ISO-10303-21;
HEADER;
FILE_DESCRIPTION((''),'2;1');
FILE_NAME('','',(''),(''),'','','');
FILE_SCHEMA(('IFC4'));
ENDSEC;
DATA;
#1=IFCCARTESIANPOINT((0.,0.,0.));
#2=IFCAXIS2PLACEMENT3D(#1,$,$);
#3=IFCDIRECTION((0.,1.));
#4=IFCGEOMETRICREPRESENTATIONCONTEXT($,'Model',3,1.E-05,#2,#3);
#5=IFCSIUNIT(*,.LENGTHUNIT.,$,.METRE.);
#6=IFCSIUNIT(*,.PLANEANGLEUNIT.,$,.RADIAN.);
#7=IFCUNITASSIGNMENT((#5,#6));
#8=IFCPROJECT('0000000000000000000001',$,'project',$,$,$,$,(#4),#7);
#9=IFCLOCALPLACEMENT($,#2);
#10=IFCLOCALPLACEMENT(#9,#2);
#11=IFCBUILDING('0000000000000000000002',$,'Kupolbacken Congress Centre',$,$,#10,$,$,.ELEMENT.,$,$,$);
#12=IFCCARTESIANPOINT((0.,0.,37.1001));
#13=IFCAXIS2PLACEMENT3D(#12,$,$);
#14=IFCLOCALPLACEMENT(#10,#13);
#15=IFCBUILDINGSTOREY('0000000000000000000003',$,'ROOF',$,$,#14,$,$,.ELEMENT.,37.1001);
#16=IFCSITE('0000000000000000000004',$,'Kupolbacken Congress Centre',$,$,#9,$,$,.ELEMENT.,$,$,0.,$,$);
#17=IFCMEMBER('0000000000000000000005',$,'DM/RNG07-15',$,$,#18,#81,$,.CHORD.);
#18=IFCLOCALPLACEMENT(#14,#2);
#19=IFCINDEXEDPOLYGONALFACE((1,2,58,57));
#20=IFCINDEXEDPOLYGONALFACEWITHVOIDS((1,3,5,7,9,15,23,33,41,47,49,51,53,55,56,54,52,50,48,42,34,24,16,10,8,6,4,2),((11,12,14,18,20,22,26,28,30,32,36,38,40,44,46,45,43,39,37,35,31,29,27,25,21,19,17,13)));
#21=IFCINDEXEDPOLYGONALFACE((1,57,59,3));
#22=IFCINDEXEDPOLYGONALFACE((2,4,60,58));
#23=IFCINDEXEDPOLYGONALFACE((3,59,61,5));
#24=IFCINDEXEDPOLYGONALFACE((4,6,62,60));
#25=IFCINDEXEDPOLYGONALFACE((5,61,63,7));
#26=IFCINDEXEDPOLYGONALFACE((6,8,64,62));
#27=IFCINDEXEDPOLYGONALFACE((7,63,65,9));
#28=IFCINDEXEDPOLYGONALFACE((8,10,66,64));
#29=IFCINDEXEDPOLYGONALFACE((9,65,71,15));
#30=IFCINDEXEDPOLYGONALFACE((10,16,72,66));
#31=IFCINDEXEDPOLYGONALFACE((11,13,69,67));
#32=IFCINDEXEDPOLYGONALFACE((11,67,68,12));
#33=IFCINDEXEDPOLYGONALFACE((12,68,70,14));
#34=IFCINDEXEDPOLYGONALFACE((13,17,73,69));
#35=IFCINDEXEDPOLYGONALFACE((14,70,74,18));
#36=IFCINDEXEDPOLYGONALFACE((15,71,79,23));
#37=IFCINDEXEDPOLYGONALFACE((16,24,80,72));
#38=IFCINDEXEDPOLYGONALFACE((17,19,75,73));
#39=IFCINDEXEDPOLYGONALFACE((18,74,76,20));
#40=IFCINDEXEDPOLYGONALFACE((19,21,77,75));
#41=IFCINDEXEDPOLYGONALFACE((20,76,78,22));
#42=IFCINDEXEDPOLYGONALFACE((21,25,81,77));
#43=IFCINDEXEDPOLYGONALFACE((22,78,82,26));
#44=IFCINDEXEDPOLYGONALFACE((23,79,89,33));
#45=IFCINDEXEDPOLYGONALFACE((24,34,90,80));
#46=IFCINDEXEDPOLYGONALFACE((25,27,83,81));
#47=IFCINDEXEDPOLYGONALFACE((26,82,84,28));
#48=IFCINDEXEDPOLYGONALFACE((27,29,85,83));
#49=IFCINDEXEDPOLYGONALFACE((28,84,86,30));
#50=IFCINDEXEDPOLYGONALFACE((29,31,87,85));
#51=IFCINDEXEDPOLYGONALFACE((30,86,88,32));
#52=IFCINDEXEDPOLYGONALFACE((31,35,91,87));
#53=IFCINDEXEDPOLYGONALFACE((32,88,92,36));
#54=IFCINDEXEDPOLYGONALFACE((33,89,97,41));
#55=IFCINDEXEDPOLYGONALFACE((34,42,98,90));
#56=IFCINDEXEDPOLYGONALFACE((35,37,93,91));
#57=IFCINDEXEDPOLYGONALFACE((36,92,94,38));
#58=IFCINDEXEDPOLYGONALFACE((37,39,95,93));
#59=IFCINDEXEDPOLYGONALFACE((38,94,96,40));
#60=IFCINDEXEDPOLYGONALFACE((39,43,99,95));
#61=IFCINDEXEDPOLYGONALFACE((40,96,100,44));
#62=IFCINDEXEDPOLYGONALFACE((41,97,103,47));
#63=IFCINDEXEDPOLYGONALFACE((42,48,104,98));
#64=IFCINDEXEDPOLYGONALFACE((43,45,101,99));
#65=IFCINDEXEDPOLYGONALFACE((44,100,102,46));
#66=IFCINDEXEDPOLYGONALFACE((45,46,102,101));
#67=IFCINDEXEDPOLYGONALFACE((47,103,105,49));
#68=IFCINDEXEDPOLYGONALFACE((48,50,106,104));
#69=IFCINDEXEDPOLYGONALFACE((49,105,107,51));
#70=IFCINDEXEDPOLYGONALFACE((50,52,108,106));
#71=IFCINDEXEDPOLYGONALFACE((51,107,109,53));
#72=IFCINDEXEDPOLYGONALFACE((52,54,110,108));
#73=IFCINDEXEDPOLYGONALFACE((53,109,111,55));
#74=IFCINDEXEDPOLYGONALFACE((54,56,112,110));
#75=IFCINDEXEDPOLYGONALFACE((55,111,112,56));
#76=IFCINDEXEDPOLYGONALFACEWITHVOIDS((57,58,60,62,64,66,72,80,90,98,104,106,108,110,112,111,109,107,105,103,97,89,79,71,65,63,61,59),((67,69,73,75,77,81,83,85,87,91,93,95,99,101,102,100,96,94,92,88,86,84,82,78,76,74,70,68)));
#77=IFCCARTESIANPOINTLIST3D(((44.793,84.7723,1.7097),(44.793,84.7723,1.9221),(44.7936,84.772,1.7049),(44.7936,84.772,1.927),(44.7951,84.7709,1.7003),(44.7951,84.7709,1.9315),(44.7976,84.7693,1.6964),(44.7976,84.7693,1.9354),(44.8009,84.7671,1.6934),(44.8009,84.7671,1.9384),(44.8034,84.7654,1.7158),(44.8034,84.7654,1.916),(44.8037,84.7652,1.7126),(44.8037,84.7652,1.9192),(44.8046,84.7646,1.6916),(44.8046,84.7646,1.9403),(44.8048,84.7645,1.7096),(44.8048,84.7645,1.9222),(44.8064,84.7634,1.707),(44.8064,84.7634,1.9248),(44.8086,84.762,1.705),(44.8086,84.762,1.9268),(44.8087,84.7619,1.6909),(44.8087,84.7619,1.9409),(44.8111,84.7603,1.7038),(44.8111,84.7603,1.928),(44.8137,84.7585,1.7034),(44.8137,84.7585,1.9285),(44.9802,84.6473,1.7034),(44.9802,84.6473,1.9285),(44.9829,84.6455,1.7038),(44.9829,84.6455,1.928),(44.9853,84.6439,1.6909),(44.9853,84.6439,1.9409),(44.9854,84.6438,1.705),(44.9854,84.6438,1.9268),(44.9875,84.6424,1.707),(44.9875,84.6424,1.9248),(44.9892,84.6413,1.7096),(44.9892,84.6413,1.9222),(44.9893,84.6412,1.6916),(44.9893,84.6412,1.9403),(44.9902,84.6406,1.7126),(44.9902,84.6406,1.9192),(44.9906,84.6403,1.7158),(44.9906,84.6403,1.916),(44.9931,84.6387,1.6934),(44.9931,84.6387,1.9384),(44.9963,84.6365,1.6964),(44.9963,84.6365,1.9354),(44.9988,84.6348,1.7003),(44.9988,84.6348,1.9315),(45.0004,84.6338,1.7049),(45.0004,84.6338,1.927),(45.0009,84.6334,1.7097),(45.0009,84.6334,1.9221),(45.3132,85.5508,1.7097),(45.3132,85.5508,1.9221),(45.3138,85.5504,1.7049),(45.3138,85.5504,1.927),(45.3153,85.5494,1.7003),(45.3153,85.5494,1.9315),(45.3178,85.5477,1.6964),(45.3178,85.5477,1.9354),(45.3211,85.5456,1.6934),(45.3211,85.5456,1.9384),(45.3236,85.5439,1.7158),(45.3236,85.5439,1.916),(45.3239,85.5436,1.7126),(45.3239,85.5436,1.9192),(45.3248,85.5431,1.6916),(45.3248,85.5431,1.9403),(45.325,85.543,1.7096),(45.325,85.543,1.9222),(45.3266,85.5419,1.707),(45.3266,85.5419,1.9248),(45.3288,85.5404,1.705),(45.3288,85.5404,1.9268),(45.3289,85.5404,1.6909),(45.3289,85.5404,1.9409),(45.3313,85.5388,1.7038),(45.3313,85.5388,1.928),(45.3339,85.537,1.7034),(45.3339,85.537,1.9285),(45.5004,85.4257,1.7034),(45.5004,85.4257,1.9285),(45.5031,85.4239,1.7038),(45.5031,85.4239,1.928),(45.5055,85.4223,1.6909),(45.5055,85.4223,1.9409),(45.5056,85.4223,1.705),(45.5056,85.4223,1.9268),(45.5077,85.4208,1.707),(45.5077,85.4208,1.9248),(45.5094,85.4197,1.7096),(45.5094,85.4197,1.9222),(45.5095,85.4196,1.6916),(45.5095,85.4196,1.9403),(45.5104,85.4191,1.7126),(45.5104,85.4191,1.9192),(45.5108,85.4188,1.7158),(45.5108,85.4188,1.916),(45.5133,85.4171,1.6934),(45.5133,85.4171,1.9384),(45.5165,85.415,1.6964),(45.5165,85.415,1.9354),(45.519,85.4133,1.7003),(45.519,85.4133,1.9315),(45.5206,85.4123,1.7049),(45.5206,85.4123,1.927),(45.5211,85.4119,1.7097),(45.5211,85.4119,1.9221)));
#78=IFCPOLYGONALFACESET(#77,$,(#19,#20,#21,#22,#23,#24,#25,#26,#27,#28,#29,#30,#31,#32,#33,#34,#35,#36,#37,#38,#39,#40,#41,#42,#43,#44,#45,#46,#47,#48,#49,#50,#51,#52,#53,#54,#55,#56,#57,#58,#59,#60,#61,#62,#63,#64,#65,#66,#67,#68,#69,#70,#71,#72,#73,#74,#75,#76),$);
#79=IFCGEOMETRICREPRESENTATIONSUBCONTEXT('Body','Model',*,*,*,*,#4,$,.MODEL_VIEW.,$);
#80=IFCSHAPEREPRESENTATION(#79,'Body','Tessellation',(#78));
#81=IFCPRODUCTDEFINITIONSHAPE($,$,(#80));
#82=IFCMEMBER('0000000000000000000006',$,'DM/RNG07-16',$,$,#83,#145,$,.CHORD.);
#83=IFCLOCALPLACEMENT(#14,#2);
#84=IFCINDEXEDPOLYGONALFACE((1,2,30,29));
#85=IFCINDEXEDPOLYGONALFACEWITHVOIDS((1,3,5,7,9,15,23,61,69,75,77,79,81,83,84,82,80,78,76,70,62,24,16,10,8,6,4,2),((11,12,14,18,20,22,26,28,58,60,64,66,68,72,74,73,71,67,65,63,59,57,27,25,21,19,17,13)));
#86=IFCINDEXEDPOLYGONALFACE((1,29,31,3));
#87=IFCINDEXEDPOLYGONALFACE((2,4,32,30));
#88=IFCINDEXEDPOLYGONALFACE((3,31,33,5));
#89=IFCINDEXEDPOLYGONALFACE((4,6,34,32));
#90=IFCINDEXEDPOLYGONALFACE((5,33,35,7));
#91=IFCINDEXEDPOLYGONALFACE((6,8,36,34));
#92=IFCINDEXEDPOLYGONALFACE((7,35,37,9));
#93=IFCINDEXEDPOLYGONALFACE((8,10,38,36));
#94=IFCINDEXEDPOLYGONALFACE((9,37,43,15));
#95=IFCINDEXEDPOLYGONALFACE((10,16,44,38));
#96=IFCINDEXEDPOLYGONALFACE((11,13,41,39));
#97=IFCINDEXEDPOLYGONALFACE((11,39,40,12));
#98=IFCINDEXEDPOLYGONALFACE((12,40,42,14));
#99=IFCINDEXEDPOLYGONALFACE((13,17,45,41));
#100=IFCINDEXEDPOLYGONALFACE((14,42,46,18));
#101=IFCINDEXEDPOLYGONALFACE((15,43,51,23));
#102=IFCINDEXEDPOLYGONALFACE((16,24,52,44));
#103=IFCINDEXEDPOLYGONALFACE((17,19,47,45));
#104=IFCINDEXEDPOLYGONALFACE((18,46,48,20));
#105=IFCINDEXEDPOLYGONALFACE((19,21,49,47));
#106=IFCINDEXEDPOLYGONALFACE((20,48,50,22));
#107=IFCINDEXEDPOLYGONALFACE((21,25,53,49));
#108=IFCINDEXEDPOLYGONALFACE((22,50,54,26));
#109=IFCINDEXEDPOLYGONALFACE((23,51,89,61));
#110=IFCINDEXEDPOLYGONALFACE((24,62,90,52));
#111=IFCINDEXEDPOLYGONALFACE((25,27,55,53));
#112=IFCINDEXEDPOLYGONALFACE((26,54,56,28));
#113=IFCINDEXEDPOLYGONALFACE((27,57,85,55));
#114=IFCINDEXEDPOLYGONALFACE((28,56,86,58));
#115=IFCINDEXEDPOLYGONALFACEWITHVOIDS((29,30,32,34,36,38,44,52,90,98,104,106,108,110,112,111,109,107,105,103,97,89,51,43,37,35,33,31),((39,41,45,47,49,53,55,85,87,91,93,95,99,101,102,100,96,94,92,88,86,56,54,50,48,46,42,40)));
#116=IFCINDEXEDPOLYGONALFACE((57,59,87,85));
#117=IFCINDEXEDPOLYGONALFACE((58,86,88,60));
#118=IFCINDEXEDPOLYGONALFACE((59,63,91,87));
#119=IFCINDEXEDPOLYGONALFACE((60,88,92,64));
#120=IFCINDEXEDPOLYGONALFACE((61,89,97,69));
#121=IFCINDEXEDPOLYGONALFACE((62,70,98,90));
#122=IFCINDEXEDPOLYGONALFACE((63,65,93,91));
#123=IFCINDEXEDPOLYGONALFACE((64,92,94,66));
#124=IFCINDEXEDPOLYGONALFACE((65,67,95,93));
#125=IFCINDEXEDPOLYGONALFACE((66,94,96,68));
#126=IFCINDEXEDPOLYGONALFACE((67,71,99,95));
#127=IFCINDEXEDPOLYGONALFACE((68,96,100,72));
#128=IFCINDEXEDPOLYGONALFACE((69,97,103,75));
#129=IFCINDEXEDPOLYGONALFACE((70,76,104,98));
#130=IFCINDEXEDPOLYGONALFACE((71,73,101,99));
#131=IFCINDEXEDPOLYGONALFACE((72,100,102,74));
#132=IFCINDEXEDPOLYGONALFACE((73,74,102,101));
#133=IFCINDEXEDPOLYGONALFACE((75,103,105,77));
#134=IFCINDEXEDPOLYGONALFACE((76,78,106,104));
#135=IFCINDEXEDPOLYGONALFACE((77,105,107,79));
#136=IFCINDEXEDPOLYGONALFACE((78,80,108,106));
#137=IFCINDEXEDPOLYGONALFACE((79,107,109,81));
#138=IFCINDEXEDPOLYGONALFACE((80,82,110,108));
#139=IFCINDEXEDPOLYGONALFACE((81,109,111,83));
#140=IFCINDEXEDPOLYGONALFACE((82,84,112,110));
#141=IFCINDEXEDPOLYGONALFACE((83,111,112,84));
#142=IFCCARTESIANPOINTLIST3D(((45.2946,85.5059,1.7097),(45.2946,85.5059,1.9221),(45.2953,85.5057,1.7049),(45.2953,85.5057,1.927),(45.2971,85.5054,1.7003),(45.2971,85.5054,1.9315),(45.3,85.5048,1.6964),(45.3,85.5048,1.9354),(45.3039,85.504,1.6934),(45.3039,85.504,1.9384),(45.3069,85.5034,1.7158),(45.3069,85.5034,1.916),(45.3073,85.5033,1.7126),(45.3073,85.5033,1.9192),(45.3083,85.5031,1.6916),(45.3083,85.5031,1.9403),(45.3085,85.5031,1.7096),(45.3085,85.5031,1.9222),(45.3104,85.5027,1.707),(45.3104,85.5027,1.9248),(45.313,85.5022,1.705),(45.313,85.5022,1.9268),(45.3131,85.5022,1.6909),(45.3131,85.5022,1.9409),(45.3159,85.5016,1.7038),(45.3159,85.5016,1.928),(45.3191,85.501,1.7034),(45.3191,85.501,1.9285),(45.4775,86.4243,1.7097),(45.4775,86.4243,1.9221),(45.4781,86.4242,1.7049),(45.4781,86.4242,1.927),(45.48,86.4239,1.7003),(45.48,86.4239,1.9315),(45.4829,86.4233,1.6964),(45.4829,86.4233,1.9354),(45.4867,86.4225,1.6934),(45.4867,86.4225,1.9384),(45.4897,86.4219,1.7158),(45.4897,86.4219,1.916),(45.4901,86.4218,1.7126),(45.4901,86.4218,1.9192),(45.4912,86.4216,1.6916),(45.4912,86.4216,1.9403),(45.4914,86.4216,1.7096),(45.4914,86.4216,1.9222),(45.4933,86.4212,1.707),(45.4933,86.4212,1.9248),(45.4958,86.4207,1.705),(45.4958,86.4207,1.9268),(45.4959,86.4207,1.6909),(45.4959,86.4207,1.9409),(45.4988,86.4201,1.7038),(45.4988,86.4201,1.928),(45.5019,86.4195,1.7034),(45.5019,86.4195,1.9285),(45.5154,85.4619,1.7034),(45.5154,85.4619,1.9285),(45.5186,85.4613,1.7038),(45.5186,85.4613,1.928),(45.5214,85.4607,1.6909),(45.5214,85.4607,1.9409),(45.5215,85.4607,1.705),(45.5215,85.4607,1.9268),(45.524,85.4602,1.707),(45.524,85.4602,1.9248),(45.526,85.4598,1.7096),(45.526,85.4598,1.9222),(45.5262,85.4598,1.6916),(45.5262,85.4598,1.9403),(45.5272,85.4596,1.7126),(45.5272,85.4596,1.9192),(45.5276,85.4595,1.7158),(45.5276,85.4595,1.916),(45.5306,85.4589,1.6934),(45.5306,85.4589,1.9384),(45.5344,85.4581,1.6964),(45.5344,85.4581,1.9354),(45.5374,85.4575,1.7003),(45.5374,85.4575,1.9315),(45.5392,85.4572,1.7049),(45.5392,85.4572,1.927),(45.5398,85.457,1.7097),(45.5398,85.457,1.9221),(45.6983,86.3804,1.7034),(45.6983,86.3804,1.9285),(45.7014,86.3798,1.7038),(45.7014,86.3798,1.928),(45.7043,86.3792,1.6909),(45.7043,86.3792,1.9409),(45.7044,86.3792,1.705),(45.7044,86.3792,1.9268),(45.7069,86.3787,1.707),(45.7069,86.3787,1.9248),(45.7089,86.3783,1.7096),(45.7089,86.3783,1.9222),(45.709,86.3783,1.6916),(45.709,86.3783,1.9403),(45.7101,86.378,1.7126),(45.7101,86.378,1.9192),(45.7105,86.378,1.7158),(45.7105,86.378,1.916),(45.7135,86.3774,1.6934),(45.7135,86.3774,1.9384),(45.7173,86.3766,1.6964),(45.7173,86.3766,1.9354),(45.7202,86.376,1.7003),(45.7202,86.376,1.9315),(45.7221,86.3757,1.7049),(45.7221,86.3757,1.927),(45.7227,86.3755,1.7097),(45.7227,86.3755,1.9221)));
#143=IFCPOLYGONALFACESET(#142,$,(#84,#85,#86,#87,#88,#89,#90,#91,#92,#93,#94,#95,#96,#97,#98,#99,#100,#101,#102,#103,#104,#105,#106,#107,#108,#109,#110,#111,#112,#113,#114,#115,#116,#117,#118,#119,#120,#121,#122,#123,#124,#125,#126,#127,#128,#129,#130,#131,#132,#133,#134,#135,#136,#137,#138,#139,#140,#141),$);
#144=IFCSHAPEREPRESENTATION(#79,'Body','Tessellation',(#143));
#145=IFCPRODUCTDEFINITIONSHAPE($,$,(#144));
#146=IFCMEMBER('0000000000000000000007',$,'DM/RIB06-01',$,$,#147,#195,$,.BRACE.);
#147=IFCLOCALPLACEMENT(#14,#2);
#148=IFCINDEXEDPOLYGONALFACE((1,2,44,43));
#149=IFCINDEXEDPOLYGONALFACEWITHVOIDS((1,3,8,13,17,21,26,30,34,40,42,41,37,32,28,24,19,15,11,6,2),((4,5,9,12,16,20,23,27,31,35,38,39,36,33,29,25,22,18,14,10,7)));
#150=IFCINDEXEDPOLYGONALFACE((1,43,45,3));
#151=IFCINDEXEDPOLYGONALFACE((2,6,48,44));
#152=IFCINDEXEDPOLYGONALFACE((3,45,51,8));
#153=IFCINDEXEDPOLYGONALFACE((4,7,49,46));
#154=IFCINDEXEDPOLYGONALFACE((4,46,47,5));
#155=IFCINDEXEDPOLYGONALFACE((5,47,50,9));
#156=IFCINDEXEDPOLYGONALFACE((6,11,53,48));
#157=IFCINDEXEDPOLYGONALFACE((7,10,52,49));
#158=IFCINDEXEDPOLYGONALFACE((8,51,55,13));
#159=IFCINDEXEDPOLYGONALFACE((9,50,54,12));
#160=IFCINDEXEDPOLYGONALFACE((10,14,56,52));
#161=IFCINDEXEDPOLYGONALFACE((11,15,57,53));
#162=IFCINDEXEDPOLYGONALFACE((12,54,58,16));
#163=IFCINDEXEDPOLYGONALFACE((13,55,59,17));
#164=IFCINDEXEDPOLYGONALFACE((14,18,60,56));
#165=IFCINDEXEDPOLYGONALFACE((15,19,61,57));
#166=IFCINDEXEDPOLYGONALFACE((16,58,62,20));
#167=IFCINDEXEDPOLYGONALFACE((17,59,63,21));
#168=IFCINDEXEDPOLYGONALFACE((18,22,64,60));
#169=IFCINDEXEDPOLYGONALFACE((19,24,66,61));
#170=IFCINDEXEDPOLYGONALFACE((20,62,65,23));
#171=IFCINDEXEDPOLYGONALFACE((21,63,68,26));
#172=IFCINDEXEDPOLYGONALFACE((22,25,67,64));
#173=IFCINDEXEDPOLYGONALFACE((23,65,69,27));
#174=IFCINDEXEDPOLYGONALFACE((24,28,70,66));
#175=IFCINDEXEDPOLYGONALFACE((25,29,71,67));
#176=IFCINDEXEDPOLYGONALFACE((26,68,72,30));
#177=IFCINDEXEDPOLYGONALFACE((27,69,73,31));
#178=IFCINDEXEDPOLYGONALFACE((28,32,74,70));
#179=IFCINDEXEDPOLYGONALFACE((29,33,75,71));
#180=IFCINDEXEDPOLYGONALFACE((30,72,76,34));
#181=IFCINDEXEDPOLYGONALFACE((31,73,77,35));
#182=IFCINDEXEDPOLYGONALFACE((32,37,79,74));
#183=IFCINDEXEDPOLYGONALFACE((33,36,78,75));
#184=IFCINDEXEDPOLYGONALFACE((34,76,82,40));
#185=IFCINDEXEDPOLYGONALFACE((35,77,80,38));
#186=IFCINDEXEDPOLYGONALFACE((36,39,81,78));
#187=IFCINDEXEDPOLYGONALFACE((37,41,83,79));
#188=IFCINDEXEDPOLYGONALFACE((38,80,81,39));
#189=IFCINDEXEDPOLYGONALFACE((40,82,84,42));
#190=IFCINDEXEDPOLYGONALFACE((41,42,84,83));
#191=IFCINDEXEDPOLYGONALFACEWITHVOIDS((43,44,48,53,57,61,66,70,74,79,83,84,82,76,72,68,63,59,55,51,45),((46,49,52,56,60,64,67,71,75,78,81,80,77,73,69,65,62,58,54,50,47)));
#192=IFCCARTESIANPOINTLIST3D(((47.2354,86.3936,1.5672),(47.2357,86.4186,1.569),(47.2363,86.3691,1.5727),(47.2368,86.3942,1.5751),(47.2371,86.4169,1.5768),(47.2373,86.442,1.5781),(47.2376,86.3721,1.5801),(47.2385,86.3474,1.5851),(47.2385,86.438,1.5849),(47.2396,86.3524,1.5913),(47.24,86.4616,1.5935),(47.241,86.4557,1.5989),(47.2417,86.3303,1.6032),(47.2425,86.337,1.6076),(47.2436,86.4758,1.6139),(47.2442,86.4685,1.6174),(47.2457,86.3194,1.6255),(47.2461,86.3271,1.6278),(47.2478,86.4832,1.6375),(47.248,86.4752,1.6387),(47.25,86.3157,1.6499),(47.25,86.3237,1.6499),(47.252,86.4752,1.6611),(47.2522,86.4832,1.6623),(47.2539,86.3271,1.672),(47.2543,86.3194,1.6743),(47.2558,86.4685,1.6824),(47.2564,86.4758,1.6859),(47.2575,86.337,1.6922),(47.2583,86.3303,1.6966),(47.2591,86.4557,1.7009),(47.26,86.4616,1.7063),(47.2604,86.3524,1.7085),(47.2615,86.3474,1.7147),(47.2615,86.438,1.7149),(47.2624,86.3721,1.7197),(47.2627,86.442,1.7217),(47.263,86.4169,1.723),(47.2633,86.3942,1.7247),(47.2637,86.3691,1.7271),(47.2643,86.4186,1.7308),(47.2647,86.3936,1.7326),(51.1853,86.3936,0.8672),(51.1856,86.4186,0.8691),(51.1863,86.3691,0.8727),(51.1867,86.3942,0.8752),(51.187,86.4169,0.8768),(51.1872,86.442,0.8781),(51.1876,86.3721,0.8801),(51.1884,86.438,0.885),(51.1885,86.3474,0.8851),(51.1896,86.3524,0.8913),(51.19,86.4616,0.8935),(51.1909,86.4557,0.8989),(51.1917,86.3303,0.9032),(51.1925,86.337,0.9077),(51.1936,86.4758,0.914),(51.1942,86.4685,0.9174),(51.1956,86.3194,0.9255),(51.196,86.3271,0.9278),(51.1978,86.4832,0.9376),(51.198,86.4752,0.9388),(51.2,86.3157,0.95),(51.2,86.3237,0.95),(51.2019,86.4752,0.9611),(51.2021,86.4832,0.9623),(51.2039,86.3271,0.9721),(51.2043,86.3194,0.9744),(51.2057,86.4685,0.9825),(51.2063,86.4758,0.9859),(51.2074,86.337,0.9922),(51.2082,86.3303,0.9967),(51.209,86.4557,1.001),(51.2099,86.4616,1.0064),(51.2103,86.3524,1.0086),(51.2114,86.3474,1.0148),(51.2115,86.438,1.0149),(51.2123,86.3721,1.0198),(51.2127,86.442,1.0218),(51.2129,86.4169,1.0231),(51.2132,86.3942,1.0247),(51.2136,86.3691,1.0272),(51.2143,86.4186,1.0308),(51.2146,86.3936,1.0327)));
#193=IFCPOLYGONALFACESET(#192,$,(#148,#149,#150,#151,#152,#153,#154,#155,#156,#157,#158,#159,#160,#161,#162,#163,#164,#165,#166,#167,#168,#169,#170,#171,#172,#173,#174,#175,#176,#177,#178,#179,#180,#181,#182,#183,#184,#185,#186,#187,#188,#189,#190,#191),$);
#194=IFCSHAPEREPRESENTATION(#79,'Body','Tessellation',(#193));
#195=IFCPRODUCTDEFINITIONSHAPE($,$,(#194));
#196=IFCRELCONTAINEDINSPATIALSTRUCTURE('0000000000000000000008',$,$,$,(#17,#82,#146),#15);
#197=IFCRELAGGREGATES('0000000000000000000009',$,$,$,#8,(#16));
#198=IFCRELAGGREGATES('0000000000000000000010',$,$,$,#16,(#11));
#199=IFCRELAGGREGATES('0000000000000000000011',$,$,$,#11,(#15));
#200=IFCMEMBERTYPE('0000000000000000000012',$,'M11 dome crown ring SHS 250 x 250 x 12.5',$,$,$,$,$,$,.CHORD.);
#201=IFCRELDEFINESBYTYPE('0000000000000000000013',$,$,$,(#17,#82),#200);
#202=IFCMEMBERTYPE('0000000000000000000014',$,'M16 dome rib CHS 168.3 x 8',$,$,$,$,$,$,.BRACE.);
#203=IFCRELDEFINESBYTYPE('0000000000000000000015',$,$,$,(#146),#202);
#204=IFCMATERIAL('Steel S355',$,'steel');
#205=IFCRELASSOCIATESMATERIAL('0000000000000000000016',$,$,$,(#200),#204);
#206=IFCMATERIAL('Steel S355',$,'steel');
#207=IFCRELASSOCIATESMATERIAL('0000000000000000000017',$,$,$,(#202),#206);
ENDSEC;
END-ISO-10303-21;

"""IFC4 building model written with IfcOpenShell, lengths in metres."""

from ifc_helpers import new_model, si_unit, direction, frame, origin, origin_2d, place, context, subcontext, project, spatial, hollow_rectangle, hollow_circle, extrude, material, material_profile, profile_set, type_object, element, save


model = new_model("IFC4")

# Units and contexts
model_context = context("Model", 3, precision=1e-05, world=origin(), true_north=direction((0.0, 1.0)))
body_context = subcontext(model_context, "Body", "Model", "MODEL_VIEW")
ifc_project = project(units=[si_unit("LENGTHUNIT", "METRE"), si_unit("PLANEANGLEUNIT", "RADIAN")], contexts=[model_context])

# Site, building, storey
site_placement = place(None, origin())
site = spatial("IfcSite", under=ifc_project, at=site_placement, Name="Kupolbacken Congress Centre", CompositionType="ELEMENT", RefElevation=0.0)
building_placement = place(site_placement, origin())
building = spatial("IfcBuilding", under=site, at=building_placement, Name="Kupolbacken Congress Centre", CompositionType="ELEMENT")
storey_placement = place(building_placement, frame((0.0, 0.0, 37.1001)))
storey = spatial("IfcBuildingStorey", under=building, at=storey_placement, Name="ROOF", CompositionType="ELEMENT", Elevation=37.1001)

# Members
ifc_material_1 = material(Name="Steel S355", Category="steel")
ifc_material_profile_1 = material_profile(ifc_material_1, hollow_rectangle(XDim=0.25, YDim=0.25, WallThickness=0.0125, InnerFilletRadius=0.0125, OuterFilletRadius=0.0188, at=origin_2d()), Name="SHS 250 x 250 x 12.5")
ifc_profile_set_1 = profile_set([ifc_material_profile_1], Name="Steel S355")
member_type_1 = type_object("IfcMemberType", Name="M11 dome crown ring SHS 250 x 250 x 12.5", PredefinedType="CHORD", material=ifc_profile_set_1)
for number, where, z_axis, x_axis, name in (
    (1, (44.897, 84.7029, 1.8159), (0.555602, 0.831448, 0.0), (-0.831448, 0.555602, 0.0), "DM/RNG07-15"),
):
    element("IfcMember", number, at=place(storey_placement, frame(where, z_axis=z_axis, x_axis=x_axis)), inside=storey, type_object=member_type_1, Name=name, PredefinedType="CHORD", context=body_context, shape_type="SweptSolid", body=[
        extrude(hollow_rectangle(XDim=0.25, YDim=0.25, WallThickness=0.0125, InnerFilletRadius=0.0125, OuterFilletRadius=0.0188, at=origin_2d()), origin(), (0.0, 0.0, 1.0), 0.9363),
    ])
member_1_placement = place(storey_placement, frame((45.4172, 85.4814, 1.8159), z_axis=(0.195264, 0.980751, 0.0), x_axis=(-0.980751, 0.195264, 0.0)))
element("IfcMember", 2, at=member_1_placement, inside=storey, type_object=member_type_1, Name="DM/RNG07-16", PredefinedType="CHORD", context=body_context, shape_type="SweptSolid", body=[
    extrude(hollow_rectangle(XDim=0.25, YDim=0.25, WallThickness=0.0125, InnerFilletRadius=0.0125, OuterFilletRadius=0.0188, at=origin_2d()), origin(), (0.0, 0.0, 1.0), 0.9365),
])
ifc_material_2 = material(Name="Steel S355", Category="steel")
ifc_material_profile_2 = material_profile(ifc_material_2, hollow_circle(Radius=0.0842, WallThickness=0.0081, at=origin_2d()), Name="CHS 168.3 x 8")
ifc_profile_set_2 = profile_set([ifc_material_profile_2], Name="Steel S355")
member_type_2 = type_object("IfcMemberType", Name="M16 dome rib CHS 168.3 x 8", PredefinedType="BRACE", material=ifc_profile_set_2)
for number, where, z_axis, x_axis, name in (
    (3, (51.2, 86.3999, 0.95), (-0.98466, 0.0, 0.174487), (0.0, -1.0, 0.0), "DM/RIB06-01"),
):
    element("IfcMember", number, at=place(storey_placement, frame(where, z_axis=z_axis, x_axis=x_axis)), inside=storey, type_object=member_type_2, Name=name, PredefinedType="BRACE", context=body_context, shape_type="SweptSolid", body=[
        extrude(hollow_circle(Radius=0.0842, WallThickness=0.0081, at=origin_2d()), origin(), (0.0, 0.0, 1.0), 4.0115),
    ])

save(model, "model.ifc")
